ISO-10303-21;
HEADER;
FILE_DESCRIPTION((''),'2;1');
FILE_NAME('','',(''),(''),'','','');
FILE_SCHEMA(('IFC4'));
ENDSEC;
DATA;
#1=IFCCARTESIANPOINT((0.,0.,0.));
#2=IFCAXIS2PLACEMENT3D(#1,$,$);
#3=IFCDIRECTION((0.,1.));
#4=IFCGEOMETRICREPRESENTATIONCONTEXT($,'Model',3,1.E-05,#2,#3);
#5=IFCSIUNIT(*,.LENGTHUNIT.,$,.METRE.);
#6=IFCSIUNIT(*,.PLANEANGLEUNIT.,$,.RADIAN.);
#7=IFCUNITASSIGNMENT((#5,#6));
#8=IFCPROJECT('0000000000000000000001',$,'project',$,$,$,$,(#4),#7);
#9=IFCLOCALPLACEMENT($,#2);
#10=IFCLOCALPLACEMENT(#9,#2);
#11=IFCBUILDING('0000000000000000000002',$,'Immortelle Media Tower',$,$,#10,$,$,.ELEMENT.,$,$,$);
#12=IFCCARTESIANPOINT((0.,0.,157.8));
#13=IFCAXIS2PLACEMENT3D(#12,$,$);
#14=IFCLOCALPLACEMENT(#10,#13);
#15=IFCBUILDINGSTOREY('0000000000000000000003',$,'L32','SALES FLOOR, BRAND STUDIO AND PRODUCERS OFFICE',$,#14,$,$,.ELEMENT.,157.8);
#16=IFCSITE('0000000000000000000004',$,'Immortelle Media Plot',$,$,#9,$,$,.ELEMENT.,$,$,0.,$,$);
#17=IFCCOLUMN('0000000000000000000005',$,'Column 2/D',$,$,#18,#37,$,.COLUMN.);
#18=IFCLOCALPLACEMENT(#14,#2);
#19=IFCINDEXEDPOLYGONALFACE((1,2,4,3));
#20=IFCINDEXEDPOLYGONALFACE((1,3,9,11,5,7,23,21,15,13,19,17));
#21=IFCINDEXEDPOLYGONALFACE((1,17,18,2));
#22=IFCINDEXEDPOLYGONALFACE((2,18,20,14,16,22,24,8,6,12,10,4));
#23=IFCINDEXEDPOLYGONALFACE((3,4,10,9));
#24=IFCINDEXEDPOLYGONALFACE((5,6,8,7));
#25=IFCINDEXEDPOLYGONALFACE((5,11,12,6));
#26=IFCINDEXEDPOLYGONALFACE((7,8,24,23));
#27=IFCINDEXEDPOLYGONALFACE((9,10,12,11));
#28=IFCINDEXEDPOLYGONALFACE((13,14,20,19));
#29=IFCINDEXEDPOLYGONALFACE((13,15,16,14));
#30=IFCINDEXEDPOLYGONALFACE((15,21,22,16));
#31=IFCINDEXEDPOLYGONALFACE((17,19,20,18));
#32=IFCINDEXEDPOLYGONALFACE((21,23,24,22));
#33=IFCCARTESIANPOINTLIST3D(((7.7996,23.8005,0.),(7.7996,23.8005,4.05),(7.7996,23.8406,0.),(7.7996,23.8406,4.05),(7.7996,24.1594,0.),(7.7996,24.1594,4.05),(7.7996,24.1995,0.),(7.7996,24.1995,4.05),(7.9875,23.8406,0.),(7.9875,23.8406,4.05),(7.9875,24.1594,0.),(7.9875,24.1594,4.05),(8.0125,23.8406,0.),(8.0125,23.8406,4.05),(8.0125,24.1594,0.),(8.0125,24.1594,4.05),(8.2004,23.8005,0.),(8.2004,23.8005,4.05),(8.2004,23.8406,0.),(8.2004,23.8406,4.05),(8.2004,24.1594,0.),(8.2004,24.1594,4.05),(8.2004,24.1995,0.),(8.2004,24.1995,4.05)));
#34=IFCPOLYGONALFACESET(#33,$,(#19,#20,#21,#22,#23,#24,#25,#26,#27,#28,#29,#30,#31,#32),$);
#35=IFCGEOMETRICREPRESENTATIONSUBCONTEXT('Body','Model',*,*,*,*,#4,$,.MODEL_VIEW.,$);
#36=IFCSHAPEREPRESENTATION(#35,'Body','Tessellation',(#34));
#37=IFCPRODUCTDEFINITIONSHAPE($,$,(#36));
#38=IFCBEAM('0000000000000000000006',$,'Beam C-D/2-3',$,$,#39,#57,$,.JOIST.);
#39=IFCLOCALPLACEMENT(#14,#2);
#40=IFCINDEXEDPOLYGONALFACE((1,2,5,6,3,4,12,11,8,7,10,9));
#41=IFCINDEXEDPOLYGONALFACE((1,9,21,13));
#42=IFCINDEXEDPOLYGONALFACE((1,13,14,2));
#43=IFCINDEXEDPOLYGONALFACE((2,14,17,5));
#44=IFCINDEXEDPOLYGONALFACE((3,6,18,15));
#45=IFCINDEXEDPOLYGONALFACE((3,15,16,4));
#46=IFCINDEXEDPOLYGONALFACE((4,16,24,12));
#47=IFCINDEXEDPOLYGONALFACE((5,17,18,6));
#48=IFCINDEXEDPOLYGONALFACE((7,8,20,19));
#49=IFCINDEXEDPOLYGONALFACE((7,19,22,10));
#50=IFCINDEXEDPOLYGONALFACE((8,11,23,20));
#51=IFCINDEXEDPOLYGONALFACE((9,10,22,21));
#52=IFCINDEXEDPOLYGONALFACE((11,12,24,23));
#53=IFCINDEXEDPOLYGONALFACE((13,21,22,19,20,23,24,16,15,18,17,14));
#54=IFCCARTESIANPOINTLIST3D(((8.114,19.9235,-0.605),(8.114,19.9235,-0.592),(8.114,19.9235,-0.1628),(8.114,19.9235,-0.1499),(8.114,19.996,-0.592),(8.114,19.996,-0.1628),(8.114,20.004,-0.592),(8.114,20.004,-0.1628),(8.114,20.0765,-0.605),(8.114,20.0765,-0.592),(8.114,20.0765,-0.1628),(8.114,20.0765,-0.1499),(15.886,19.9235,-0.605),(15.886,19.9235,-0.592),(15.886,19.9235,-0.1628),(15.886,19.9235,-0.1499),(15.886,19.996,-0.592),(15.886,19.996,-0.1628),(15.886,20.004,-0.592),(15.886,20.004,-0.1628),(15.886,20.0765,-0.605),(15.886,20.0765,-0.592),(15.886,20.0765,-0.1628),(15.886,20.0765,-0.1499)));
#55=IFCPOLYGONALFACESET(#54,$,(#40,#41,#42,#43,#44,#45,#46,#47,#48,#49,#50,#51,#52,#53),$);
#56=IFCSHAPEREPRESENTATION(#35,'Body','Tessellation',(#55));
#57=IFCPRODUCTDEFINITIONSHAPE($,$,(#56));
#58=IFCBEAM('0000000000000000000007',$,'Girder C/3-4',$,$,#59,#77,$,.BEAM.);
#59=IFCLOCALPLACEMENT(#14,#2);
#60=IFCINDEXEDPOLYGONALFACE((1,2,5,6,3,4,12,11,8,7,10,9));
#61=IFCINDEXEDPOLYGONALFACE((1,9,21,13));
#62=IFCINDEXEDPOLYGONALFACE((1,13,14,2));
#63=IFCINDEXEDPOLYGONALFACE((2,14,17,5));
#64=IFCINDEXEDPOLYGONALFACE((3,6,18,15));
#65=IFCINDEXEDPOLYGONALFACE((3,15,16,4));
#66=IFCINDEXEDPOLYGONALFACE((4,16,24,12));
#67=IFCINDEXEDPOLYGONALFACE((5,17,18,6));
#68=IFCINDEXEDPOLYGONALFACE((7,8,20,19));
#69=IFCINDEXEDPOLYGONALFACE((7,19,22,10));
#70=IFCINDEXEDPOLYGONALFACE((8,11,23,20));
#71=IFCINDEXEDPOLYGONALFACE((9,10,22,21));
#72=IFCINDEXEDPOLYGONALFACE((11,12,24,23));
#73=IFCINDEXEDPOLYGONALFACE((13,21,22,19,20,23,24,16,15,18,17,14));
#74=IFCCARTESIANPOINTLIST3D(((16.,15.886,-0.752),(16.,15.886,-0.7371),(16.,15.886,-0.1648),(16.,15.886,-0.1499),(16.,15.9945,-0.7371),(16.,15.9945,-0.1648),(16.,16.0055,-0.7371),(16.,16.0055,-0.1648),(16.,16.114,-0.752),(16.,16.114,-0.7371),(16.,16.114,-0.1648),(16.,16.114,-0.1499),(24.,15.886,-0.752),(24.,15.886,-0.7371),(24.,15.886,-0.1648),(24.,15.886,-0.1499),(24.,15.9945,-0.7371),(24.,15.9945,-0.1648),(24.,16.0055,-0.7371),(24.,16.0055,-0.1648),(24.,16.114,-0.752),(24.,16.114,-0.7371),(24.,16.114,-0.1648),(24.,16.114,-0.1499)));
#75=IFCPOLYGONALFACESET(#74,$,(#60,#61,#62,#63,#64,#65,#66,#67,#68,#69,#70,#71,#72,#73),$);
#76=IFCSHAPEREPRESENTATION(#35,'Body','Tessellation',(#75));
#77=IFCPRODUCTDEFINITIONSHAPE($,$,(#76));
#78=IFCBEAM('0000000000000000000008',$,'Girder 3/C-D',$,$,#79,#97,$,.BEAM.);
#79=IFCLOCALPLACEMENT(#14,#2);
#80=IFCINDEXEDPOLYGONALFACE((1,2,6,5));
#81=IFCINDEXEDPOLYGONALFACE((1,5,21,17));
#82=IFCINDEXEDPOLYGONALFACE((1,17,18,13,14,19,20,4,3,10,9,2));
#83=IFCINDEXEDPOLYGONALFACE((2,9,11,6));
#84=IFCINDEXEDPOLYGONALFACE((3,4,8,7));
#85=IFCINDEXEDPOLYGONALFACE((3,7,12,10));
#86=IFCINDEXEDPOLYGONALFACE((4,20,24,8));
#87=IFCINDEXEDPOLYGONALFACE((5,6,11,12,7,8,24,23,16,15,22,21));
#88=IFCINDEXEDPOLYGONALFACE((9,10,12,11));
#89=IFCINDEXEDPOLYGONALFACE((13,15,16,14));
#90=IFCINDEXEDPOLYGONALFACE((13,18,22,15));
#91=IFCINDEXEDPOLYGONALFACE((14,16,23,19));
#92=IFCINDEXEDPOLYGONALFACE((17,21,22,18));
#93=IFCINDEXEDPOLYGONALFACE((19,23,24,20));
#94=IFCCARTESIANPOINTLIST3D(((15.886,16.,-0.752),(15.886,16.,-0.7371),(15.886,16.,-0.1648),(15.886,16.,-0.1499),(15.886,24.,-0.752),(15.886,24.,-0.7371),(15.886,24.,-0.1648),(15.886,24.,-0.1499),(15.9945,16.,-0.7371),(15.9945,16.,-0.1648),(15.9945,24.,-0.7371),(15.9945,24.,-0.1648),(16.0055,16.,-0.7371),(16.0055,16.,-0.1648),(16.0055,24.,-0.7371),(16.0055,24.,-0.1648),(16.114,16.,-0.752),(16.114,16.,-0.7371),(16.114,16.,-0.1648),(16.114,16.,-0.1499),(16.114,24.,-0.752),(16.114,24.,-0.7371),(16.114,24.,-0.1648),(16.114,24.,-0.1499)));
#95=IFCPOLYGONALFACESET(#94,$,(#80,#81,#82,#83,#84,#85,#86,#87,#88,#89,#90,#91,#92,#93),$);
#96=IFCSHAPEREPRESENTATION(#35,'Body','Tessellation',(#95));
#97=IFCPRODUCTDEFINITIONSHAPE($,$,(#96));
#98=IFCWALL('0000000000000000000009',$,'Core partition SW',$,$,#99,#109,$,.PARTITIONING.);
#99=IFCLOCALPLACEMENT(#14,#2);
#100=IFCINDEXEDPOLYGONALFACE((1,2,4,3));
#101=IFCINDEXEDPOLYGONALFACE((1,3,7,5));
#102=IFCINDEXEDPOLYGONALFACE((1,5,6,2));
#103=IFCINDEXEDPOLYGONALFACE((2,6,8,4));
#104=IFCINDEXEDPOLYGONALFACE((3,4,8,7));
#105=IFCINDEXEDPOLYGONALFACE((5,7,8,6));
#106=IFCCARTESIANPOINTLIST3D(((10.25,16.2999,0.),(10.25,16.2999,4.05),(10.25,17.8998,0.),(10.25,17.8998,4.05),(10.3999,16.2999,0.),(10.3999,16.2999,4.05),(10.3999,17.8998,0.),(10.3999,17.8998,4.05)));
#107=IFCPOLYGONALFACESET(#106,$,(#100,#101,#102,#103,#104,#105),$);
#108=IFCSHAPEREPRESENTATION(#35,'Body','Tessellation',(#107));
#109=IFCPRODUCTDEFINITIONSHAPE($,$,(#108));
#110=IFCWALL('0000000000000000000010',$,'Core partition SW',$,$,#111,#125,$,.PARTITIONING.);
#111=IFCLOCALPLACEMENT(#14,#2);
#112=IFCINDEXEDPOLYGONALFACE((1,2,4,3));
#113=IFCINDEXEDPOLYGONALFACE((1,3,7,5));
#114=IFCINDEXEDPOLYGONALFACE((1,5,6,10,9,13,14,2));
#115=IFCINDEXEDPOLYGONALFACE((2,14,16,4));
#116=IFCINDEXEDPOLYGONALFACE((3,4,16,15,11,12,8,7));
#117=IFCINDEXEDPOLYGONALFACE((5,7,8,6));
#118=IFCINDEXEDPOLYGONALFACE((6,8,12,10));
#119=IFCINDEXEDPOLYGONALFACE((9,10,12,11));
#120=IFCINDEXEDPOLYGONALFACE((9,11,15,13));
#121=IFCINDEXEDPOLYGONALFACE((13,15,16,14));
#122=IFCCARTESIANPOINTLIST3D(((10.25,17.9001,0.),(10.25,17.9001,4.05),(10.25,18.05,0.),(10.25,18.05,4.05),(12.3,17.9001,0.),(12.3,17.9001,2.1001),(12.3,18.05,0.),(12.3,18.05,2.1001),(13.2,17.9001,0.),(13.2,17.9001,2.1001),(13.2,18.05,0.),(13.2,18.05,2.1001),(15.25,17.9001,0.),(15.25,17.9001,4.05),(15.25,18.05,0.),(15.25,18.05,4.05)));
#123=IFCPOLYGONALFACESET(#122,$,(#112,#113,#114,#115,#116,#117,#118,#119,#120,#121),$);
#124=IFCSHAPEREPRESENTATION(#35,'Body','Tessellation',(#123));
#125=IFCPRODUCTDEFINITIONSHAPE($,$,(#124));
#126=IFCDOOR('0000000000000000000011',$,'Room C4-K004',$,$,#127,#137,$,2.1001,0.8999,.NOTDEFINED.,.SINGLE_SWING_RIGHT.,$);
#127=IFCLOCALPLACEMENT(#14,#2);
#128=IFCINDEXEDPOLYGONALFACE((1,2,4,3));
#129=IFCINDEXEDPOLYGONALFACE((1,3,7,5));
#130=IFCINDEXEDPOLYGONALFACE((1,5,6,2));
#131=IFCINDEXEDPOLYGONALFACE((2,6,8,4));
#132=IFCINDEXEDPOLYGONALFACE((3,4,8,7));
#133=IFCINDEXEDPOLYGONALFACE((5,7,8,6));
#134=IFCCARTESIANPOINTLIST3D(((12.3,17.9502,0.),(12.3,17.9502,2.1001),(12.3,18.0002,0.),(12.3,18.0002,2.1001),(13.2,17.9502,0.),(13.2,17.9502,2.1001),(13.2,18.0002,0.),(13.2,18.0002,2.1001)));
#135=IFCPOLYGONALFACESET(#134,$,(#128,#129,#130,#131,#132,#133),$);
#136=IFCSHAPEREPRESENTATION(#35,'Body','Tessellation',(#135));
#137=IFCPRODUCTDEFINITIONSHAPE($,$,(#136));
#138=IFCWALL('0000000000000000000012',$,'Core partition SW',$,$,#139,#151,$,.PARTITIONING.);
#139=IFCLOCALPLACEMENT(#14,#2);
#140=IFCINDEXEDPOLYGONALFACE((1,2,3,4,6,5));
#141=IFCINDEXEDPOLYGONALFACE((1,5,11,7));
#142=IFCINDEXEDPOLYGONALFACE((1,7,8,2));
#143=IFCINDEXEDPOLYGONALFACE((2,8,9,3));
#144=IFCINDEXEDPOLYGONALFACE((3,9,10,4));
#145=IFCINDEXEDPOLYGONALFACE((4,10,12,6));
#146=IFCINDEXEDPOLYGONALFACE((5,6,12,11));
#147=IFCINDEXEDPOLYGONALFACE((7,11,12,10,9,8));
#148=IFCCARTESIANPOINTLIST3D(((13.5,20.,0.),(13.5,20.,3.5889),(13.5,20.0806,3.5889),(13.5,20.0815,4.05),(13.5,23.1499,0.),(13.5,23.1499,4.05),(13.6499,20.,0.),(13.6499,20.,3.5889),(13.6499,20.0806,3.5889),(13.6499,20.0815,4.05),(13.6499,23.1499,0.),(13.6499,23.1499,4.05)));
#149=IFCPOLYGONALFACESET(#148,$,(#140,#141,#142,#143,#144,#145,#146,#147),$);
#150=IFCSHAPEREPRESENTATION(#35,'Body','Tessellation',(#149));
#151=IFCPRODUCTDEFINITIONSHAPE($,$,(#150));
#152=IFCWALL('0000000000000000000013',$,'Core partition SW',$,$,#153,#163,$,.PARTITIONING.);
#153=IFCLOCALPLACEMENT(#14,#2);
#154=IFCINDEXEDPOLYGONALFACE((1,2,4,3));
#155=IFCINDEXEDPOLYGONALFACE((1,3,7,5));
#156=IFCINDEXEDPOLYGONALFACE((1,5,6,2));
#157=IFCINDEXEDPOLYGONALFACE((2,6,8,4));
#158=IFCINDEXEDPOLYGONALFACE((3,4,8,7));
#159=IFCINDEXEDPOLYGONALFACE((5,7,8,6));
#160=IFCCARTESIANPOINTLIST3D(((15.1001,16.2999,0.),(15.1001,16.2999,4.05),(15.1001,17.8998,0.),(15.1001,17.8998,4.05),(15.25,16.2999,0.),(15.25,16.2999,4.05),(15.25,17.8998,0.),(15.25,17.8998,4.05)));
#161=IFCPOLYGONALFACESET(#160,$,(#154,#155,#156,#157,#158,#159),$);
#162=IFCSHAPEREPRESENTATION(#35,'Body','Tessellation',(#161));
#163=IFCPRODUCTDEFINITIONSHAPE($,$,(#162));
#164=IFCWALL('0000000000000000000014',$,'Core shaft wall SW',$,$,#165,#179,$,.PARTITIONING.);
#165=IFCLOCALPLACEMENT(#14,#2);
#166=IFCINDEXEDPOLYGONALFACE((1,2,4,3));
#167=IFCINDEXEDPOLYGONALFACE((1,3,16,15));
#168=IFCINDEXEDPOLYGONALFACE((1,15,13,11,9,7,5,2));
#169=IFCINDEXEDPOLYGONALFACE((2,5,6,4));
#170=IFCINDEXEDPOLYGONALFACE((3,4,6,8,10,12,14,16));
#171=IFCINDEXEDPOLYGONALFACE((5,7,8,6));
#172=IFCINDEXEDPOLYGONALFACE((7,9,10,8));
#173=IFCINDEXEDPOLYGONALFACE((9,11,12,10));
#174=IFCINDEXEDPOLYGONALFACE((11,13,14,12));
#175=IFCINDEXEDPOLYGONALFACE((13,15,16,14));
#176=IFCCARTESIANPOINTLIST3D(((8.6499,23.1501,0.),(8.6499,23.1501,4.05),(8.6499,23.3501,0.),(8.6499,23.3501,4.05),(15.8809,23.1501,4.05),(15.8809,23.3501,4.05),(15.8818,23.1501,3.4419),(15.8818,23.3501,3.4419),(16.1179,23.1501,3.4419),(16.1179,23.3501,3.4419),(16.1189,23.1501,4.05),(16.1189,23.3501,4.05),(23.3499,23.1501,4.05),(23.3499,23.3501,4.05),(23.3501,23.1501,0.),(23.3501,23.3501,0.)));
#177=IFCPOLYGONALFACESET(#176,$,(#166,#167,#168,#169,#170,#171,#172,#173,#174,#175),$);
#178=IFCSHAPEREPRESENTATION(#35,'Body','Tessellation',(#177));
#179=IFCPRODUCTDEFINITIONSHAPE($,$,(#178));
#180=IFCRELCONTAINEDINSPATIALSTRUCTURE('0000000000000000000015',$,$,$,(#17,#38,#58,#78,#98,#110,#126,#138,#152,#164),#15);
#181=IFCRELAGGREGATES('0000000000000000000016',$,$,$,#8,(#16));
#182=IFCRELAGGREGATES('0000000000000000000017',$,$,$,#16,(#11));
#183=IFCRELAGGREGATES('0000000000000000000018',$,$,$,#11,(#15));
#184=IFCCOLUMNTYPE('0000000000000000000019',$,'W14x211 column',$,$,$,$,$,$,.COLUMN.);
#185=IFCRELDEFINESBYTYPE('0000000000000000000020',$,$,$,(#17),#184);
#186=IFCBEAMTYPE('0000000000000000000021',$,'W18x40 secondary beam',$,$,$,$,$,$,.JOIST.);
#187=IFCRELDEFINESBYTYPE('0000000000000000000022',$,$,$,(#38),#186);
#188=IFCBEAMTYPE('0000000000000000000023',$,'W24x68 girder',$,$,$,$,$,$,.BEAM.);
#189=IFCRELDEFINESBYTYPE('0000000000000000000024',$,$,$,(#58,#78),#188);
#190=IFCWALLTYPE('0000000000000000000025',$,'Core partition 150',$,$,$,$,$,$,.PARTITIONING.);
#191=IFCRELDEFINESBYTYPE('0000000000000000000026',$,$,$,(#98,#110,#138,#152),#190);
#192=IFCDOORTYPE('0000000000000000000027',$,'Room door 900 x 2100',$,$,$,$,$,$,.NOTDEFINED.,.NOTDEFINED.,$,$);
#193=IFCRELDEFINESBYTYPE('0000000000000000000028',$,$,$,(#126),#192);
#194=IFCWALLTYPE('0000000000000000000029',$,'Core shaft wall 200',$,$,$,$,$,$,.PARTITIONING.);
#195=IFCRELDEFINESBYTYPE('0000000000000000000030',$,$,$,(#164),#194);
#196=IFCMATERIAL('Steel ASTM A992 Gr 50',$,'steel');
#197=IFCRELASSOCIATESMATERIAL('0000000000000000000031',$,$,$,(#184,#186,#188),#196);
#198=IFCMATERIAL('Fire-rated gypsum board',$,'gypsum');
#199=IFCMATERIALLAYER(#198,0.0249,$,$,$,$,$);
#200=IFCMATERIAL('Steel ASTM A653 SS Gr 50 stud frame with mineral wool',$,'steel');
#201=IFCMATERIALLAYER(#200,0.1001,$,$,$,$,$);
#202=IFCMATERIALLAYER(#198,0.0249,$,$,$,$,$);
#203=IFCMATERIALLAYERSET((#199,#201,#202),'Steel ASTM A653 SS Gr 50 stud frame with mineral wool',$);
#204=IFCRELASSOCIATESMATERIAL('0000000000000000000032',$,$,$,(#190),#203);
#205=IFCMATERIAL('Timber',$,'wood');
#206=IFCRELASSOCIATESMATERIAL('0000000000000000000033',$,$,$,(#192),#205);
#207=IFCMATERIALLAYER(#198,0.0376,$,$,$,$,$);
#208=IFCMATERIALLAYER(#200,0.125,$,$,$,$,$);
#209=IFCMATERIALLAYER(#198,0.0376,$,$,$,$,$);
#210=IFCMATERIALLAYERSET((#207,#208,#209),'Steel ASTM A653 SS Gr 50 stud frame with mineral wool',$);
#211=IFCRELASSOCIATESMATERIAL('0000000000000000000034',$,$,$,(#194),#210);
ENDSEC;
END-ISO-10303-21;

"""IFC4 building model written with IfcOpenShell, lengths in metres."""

from ifc_helpers import new_model, si_unit, direction, frame, frame_2d, origin, origin_2d, place, context, subcontext, project, spatial, polyline, rectangle, i_section, outline, extrude, material, layer, layer_set, material_profile, profile_set, type_object, element, fill, save


model = new_model("IFC4")

# Units and contexts
model_context = context("Model", 3, precision=1e-05, world=origin(), true_north=direction((0.0, 1.0)))
body_context = subcontext(model_context, "Body", "Model", "MODEL_VIEW")
ifc_project = project(units=[si_unit("LENGTHUNIT", "METRE"), si_unit("PLANEANGLEUNIT", "RADIAN")], contexts=[model_context])

# Site, building, storey
site_placement = place(None, origin())
site = spatial("IfcSite", under=ifc_project, at=site_placement, Name="Immortelle Media Plot", CompositionType="ELEMENT", RefElevation=0.0)
building_placement = place(site_placement, origin())
building = spatial("IfcBuilding", under=site, at=building_placement, Name="Immortelle Media Tower", CompositionType="ELEMENT")
storey_placement = place(building_placement, frame((0.0, 0.0, 157.8)))
storey = spatial("IfcBuildingStorey", under=building, at=storey_placement, Name="L32", Description="SALES FLOOR, BRAND STUDIO AND PRODUCERS OFFICE", CompositionType="ELEMENT", Elevation=157.8)

# Column
ifc_material_1 = material(Name="Steel ASTM A992 Gr 50", Category="steel")
ifc_material_profile_1 = material_profile(ifc_material_1, i_section(OverallWidth=0.4009, OverallDepth=0.3989, WebThickness=0.0249, FlangeThickness=0.04, at=origin_2d()), Name="W14x211")
ifc_profile_set_1 = profile_set([ifc_material_profile_1], Name="Steel ASTM A992 Gr 50")
column_type = type_object("IfcColumnType", Name="W14x211 column", PredefinedType="COLUMN", material=ifc_profile_set_1)
column_placement = place(storey_placement, frame((8.0, 24.0, 0.0), z_axis=(0.0, 0.0, 1.0), x_axis=(1.0, 0.0, 0.0)))
element("IfcColumn", 1, at=column_placement, inside=storey, type_object=column_type, Name="Column 2/D", PredefinedType="COLUMN", context=body_context, shape_type="SweptSolid", body=[
    extrude(i_section(OverallWidth=0.4009, OverallDepth=0.3989, WebThickness=0.0249, FlangeThickness=0.04, at=origin_2d()), origin(), (0.0, 0.0, 1.0), 4.05),
])

# Beams
ifc_material_profile_2 = material_profile(ifc_material_1, i_section(OverallWidth=0.1531, OverallDepth=0.4551, WebThickness=0.0081, FlangeThickness=0.0129, at=origin_2d()), Name="W18x40")
ifc_profile_set_2 = profile_set([ifc_material_profile_2], Name="Steel ASTM A992 Gr 50")
beam_type_1 = type_object("IfcBeamType", Name="W18x40 secondary beam", PredefinedType="JOIST", material=ifc_profile_set_2)
beam_placement = place(storey_placement, frame((8.114, 20.0, -0.3774), z_axis=(1.0, 0.0, 0.0), x_axis=(0.0, 1.0, 0.0)))
element("IfcBeam", 2, at=beam_placement, inside=storey, type_object=beam_type_1, Name="Beam C-D/2-3", PredefinedType="JOIST", context=body_context, shape_type="SweptSolid", body=[
    extrude(i_section(OverallWidth=0.1531, OverallDepth=0.4551, WebThickness=0.0081, FlangeThickness=0.0129, at=origin_2d()), origin(), (0.0, 0.0, 1.0), 7.772),
])
ifc_material_profile_3 = material_profile(ifc_material_1, i_section(OverallWidth=0.228, OverallDepth=0.6021, WebThickness=0.011, FlangeThickness=0.0149, at=origin_2d()), Name="W24x68")
ifc_profile_set_3 = profile_set([ifc_material_profile_3], Name="Steel ASTM A992 Gr 50")
beam_type_2 = type_object("IfcBeamType", Name="W24x68 girder", PredefinedType="BEAM", material=ifc_profile_set_3)
for number, where, z_axis, x_axis, name in (
    (3, (16.0, 16.0, -0.4509), (1.0, 0.0, 0.0), (0.0, 1.0, 0.0), "Girder C/3-4"),
    (4, (16.0, 16.0, -0.4509), (0.0, 1.0, 0.0), (-1.0, 0.0, 0.0), "Girder 3/C-D"),
):
    element("IfcBeam", number, at=place(storey_placement, frame(where, z_axis=z_axis, x_axis=x_axis)), inside=storey, type_object=beam_type_2, Name=name, PredefinedType="BEAM", context=body_context, shape_type="SweptSolid", body=[
        extrude(i_section(OverallWidth=0.228, OverallDepth=0.6021, WebThickness=0.011, FlangeThickness=0.0149, at=origin_2d()), origin(), (0.0, 0.0, 1.0), 8.0),
    ])

# Wall
ifc_material_2 = material(Name="Fire-rated gypsum board", Category="gypsum")
ifc_layer_1 = layer(ifc_material_2, 0.0249)
ifc_material_3 = material(Name="Steel ASTM A653 SS Gr 50 stud frame with mineral wool", Category="steel")
ifc_layer_2 = layer(ifc_material_3, 0.1001)
ifc_layer_3 = layer(ifc_material_2, 0.0249)
ifc_layer_set_1 = layer_set([ifc_layer_1, ifc_layer_2, ifc_layer_3], Name="Steel ASTM A653 SS Gr 50 stud frame with mineral wool")
wall_type_1 = type_object("IfcWallType", Name="Core partition 150", PredefinedType="PARTITIONING", material=ifc_layer_set_1)
wall_1_placement = place(storey_placement, frame((10.325, 16.3, 0.0), z_axis=(0.0, 0.0, 1.0), x_axis=(0.0, 1.0, 0.0)))
element("IfcWall", 5, at=wall_1_placement, inside=storey, type_object=wall_type_1, Name="Core partition SW", PredefinedType="PARTITIONING", context=body_context, shape_type="SweptSolid", body=[
    extrude(rectangle(XDim=1.5999, YDim=0.1499, at=frame_2d((0.7998, 0.0))), origin(), (0.0, 0.0, 1.0), 4.05),
])

# Wall, opening, door
wall_2_placement = place(storey_placement, frame((10.25, 17.9751, 0.0), z_axis=(0.0, 0.0, 1.0), x_axis=(1.0, 0.0, 0.0)))
wall_2 = element("IfcWall", 6, at=wall_2_placement, inside=storey, type_object=wall_type_1, Name="Core partition SW", PredefinedType="PARTITIONING", context=body_context, shape_type="SweptSolid", body=[
    extrude(rectangle(XDim=5.0, YDim=0.1499, at=frame_2d((2.5, 0.0))), origin(), (0.0, 0.0, 1.0), 4.05),
])
opening_1_placement = place(wall_2_placement, frame((2.95, 0.0, 0.0), z_axis=(0.0, 0.0, 1.0), x_axis=(-1.0, 0.0, 0.0)))
opening_1 = element("IfcOpeningElement", 7, at=opening_1_placement, cuts=wall_2, PredefinedType="OPENING", context=body_context, shape_type="SweptSolid", body=[
    extrude(rectangle(XDim=0.8999, YDim=2.1001, at=frame_2d((0.45, 1.05))), frame((0.0, 0.085, 0.0), z_axis=(0.0, -1.0, 0.0), x_axis=(1.0, 0.0, 0.0)), (0.0, 0.0, 1.0), 0.1699),
])
ifc_material_4 = material(Name="Timber", Category="wood")
door_type_1 = type_object("IfcDoorType", Name="Room door 900 x 2100", OperationType="NOTDEFINED", PredefinedType="NOTDEFINED", material=ifc_material_4)
door_1_placement = place(opening_1_placement, origin())
door_1 = element("IfcDoor", 8, at=door_1_placement, inside=storey, type_object=door_type_1, Name="Room C4-K004", OperationType="SINGLE_SWING_RIGHT", OverallHeight=2.1001, OverallWidth=0.8999, PredefinedType="NOTDEFINED", context=body_context, shape_type="SweptSolid", body=[
    extrude(rectangle(XDim=0.8999, YDim=2.1001, at=frame_2d((0.45, 1.05))), frame((0.0, 0.0249, 0.0), z_axis=(0.0, -1.0, 0.0), x_axis=(1.0, 0.0, 0.0)), (0.0, 0.0, 1.0), 0.05),
])
fill(opening_1, door_1)

# Walls
wall_3_placement = place(storey_placement, frame((13.575, 20.0, 0.0), z_axis=(0.0, 0.0, 1.0), x_axis=(0.0, 1.0, 0.0)))
element("IfcWall", 9, at=wall_3_placement, inside=storey, type_object=wall_type_1, Name="Core partition SW", PredefinedType="PARTITIONING", context=body_context, shape_type="SweptSolid", body=[
    extrude(outline(polyline([(0.0, 0.0), (3.1499, 0.0), (3.1499, 4.05), (0.0815, 4.05), (0.0806, 3.5889), (0.0, 3.5889), (0.0, 0.0)])), frame((0.0, 0.075, 0.0), z_axis=(0.0, -1.0, 0.0), x_axis=(1.0, 0.0, 0.0)), (0.0, 0.0, 1.0), 0.1499),
])
wall_4_placement = place(storey_placement, frame((15.175, 16.3, 0.0), z_axis=(0.0, 0.0, 1.0), x_axis=(0.0, 1.0, 0.0)))
element("IfcWall", 10, at=wall_4_placement, inside=storey, type_object=wall_type_1, Name="Core partition SW", PredefinedType="PARTITIONING", context=body_context, shape_type="SweptSolid", body=[
    extrude(rectangle(XDim=1.5999, YDim=0.1499, at=frame_2d((0.7998, 0.0))), origin(), (0.0, 0.0, 1.0), 4.05),
])
ifc_layer_4 = layer(ifc_material_2, 0.0376)
ifc_layer_5 = layer(ifc_material_3, 0.125)
ifc_layer_6 = layer(ifc_material_2, 0.0376)
ifc_layer_set_2 = layer_set([ifc_layer_4, ifc_layer_5, ifc_layer_6], Name="Steel ASTM A653 SS Gr 50 stud frame with mineral wool")
wall_type_2 = type_object("IfcWallType", Name="Core shaft wall 200", PredefinedType="PARTITIONING", material=ifc_layer_set_2)
wall_5_placement = place(storey_placement, frame((8.6499, 23.25, 0.0), z_axis=(0.0, 0.0, 1.0), x_axis=(1.0, 0.0, 0.0)))
element("IfcWall", 11, at=wall_5_placement, inside=storey, type_object=wall_type_2, Name="Core shaft wall SW", PredefinedType="PARTITIONING", context=body_context, shape_type="SweptSolid", body=[
    extrude(outline(polyline([(0.0, 0.0), (14.7002, 0.0), (14.7, 4.05), (7.469, 4.05), (7.468, 3.4419), (7.2319, 3.4419), (7.231, 4.05), (0.0, 4.05), (0.0, 0.0)])), frame((0.0, 0.1001, 0.0), z_axis=(0.0, -1.0, 0.0), x_axis=(1.0, 0.0, 0.0)), (0.0, 0.0, 1.0), 0.2),
])

save(model, "model.ifc")
